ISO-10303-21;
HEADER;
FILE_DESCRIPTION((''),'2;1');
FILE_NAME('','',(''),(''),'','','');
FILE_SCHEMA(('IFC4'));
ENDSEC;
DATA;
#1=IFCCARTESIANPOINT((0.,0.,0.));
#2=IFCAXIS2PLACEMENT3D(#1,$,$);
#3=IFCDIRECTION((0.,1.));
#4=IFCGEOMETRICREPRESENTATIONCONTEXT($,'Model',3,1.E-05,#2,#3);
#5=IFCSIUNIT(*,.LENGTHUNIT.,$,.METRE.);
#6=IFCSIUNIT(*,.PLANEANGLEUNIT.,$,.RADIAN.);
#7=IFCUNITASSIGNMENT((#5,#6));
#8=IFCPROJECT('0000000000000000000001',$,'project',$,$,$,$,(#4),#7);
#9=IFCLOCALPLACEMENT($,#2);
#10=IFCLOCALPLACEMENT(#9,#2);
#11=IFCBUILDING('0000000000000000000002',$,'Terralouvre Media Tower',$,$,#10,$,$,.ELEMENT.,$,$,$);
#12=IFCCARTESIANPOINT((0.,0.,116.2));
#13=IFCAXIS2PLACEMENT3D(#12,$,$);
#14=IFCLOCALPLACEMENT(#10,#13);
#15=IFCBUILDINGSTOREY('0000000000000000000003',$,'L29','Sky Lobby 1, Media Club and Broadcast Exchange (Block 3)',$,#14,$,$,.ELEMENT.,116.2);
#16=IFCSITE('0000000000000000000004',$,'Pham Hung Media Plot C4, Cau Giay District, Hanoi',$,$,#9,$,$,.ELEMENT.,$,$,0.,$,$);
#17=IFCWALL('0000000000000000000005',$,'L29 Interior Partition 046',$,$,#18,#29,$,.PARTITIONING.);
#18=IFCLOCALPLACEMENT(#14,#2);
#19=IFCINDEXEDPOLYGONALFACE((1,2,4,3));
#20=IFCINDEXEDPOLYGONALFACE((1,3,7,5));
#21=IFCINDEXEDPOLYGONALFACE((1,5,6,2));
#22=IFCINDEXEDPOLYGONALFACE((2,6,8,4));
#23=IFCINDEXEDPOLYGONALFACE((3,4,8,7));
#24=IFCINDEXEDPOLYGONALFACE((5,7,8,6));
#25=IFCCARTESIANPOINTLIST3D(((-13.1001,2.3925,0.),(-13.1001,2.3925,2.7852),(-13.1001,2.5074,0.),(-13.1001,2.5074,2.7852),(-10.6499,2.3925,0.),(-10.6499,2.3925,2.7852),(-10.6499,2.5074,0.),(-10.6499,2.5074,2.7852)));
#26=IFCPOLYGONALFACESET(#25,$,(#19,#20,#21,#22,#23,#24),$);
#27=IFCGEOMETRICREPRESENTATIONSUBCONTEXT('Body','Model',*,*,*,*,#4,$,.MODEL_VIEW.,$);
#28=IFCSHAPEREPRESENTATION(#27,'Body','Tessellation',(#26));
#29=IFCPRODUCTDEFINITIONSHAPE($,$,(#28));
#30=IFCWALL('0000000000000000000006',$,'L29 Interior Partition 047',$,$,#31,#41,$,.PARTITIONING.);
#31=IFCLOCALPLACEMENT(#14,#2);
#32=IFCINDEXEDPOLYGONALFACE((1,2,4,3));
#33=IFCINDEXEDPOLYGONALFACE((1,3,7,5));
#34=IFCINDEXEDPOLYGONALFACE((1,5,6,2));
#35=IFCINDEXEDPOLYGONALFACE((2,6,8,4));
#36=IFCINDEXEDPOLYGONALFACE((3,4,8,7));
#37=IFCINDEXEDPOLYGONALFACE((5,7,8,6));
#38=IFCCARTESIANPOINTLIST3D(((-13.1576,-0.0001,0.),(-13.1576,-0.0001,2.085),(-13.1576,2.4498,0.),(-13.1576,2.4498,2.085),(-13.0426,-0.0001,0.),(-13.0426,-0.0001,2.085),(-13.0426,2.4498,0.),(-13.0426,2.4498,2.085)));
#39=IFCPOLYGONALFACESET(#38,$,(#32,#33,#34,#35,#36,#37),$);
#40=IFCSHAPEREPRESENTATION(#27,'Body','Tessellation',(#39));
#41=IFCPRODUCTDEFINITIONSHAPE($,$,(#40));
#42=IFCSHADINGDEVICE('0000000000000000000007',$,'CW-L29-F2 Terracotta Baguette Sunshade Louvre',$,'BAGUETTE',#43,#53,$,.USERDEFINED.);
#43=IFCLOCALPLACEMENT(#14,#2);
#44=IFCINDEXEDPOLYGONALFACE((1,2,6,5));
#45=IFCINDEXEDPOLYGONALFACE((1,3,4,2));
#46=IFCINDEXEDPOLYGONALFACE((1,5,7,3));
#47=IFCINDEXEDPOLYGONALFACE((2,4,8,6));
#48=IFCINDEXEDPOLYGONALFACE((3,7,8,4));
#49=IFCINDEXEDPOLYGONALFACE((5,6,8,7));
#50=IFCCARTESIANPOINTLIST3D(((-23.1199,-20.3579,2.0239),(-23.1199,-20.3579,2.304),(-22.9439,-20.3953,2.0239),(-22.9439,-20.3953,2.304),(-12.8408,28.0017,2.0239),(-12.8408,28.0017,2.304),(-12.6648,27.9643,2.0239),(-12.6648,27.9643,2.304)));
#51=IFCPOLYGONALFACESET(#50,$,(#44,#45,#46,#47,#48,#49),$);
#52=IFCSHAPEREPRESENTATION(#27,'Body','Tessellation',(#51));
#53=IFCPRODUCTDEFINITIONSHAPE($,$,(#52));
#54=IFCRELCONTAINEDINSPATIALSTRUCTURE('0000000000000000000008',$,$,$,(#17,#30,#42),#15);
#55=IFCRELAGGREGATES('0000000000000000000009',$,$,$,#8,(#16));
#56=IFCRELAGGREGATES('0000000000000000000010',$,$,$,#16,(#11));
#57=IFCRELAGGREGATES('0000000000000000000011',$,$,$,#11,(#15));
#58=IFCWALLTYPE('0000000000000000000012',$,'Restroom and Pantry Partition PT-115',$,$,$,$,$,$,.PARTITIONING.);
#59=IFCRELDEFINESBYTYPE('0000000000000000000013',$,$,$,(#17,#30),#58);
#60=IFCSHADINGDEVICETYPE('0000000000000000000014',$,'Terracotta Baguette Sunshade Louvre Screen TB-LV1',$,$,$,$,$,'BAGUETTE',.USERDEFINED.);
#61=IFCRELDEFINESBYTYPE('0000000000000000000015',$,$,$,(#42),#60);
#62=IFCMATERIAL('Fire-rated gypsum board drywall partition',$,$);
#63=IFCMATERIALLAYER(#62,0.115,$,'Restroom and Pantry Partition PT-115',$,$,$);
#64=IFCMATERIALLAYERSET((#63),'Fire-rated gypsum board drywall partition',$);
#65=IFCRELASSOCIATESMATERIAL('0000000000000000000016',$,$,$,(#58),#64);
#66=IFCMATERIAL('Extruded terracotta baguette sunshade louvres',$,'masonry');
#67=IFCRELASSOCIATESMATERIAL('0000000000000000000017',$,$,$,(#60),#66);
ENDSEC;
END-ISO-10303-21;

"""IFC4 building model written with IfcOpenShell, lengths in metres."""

from ifc_helpers import new_model, si_unit, direction, frame, frame_2d, origin, origin_2d, place, context, subcontext, project, spatial, rectangle, extrude, material, layer, layer_set, type_object, element, save


model = new_model("IFC4")

# Units and contexts
model_context = context("Model", 3, precision=1e-05, world=origin(), true_north=direction((0.0, 1.0)))
body_context = subcontext(model_context, "Body", "Model", "MODEL_VIEW")
ifc_project = project(units=[si_unit("LENGTHUNIT", "METRE"), si_unit("PLANEANGLEUNIT", "RADIAN")], contexts=[model_context])

# Site, building, storey
site_placement = place(None, origin())
site = spatial("IfcSite", under=ifc_project, at=site_placement, Name="Pham Hung Media Plot C4, Cau Giay District, Hanoi", CompositionType="ELEMENT", RefElevation=0.0)
building_placement = place(site_placement, origin())
building = spatial("IfcBuilding", under=site, at=building_placement, Name="Terralouvre Media Tower", CompositionType="ELEMENT")
storey_placement = place(building_placement, frame((0.0, 0.0, 116.2)))
storey = spatial("IfcBuildingStorey", under=building, at=storey_placement, Name="L29", Description="Sky Lobby 1, Media Club and Broadcast Exchange (Block 3)", CompositionType="ELEMENT", Elevation=116.2)

# Shared definitions
ifc_material_1 = material(Name="Fire-rated gypsum board drywall partition")
ifc_layer_1 = layer(ifc_material_1, 0.115, Name="Restroom and Pantry Partition PT-115")
ifc_layer_set_1 = layer_set([ifc_layer_1], Name="Fire-rated gypsum board drywall partition")
wall_type_1 = type_object("IfcWallType", Name="Restroom and Pantry Partition PT-115", PredefinedType="PARTITIONING", material=ifc_layer_set_1)

# Walls
wall_1_placement = place(storey_placement, frame((-10.6499, 2.45, 0.0), z_axis=(0.0, 0.0, 1.0), x_axis=(-1.0, 0.0, 0.0)))
element("IfcWall", 1, at=wall_1_placement, inside=storey, type_object=wall_type_1, Name="L29 Interior Partition 046", PredefinedType="PARTITIONING", context=body_context, shape_type="SweptSolid", body=[
    extrude(rectangle(XDim=2.4502, YDim=0.115, at=frame_2d((1.2251, 0.0))), origin(), (0.0, 0.0, 1.0), 2.7852),
])
wall_2_placement = place(storey_placement, frame((-13.1001, 2.45, 0.0), z_axis=(0.0, 0.0, 1.0), x_axis=(0.0, -1.0, 0.0)))
element("IfcWall", 2, at=wall_2_placement, inside=storey, type_object=wall_type_1, Name="L29 Interior Partition 047", PredefinedType="PARTITIONING", context=body_context, shape_type="SweptSolid", body=[
    extrude(rectangle(XDim=2.45, YDim=0.115, at=frame_2d((1.2251, 0.0))), origin(), (0.0, 0.0, 1.0), 2.085),
])

# Shading device
ifc_material_2 = material(Name="Extruded terracotta baguette sunshade louvres", Category="masonry")
shading_device_type = type_object("IfcShadingDeviceType", Name="Terracotta Baguette Sunshade Louvre Screen TB-LV1", ElementType="BAGUETTE", PredefinedType="USERDEFINED", material=ifc_material_2)
shading_device_placement = place(storey_placement, frame((-17.8923, 3.8032, 2.0239), z_axis=(0.0, 0.0, 1.0), x_axis=(-0.207912, -0.978148, 0.0)))
element("IfcShadingDevice", 3, at=shading_device_placement, inside=storey, type_object=shading_device_type, Name="CW-L29-F2 Terracotta Baguette Sunshade Louvre", ObjectType="BAGUETTE", PredefinedType="USERDEFINED", context=body_context, shape_type="SweptSolid", body=[
    extrude(rectangle(XDim=49.4399, YDim=0.1799, at=origin_2d()), origin(), (0.0, 0.0, 1.0), 0.28),
])

save(model, "model.ifc")
